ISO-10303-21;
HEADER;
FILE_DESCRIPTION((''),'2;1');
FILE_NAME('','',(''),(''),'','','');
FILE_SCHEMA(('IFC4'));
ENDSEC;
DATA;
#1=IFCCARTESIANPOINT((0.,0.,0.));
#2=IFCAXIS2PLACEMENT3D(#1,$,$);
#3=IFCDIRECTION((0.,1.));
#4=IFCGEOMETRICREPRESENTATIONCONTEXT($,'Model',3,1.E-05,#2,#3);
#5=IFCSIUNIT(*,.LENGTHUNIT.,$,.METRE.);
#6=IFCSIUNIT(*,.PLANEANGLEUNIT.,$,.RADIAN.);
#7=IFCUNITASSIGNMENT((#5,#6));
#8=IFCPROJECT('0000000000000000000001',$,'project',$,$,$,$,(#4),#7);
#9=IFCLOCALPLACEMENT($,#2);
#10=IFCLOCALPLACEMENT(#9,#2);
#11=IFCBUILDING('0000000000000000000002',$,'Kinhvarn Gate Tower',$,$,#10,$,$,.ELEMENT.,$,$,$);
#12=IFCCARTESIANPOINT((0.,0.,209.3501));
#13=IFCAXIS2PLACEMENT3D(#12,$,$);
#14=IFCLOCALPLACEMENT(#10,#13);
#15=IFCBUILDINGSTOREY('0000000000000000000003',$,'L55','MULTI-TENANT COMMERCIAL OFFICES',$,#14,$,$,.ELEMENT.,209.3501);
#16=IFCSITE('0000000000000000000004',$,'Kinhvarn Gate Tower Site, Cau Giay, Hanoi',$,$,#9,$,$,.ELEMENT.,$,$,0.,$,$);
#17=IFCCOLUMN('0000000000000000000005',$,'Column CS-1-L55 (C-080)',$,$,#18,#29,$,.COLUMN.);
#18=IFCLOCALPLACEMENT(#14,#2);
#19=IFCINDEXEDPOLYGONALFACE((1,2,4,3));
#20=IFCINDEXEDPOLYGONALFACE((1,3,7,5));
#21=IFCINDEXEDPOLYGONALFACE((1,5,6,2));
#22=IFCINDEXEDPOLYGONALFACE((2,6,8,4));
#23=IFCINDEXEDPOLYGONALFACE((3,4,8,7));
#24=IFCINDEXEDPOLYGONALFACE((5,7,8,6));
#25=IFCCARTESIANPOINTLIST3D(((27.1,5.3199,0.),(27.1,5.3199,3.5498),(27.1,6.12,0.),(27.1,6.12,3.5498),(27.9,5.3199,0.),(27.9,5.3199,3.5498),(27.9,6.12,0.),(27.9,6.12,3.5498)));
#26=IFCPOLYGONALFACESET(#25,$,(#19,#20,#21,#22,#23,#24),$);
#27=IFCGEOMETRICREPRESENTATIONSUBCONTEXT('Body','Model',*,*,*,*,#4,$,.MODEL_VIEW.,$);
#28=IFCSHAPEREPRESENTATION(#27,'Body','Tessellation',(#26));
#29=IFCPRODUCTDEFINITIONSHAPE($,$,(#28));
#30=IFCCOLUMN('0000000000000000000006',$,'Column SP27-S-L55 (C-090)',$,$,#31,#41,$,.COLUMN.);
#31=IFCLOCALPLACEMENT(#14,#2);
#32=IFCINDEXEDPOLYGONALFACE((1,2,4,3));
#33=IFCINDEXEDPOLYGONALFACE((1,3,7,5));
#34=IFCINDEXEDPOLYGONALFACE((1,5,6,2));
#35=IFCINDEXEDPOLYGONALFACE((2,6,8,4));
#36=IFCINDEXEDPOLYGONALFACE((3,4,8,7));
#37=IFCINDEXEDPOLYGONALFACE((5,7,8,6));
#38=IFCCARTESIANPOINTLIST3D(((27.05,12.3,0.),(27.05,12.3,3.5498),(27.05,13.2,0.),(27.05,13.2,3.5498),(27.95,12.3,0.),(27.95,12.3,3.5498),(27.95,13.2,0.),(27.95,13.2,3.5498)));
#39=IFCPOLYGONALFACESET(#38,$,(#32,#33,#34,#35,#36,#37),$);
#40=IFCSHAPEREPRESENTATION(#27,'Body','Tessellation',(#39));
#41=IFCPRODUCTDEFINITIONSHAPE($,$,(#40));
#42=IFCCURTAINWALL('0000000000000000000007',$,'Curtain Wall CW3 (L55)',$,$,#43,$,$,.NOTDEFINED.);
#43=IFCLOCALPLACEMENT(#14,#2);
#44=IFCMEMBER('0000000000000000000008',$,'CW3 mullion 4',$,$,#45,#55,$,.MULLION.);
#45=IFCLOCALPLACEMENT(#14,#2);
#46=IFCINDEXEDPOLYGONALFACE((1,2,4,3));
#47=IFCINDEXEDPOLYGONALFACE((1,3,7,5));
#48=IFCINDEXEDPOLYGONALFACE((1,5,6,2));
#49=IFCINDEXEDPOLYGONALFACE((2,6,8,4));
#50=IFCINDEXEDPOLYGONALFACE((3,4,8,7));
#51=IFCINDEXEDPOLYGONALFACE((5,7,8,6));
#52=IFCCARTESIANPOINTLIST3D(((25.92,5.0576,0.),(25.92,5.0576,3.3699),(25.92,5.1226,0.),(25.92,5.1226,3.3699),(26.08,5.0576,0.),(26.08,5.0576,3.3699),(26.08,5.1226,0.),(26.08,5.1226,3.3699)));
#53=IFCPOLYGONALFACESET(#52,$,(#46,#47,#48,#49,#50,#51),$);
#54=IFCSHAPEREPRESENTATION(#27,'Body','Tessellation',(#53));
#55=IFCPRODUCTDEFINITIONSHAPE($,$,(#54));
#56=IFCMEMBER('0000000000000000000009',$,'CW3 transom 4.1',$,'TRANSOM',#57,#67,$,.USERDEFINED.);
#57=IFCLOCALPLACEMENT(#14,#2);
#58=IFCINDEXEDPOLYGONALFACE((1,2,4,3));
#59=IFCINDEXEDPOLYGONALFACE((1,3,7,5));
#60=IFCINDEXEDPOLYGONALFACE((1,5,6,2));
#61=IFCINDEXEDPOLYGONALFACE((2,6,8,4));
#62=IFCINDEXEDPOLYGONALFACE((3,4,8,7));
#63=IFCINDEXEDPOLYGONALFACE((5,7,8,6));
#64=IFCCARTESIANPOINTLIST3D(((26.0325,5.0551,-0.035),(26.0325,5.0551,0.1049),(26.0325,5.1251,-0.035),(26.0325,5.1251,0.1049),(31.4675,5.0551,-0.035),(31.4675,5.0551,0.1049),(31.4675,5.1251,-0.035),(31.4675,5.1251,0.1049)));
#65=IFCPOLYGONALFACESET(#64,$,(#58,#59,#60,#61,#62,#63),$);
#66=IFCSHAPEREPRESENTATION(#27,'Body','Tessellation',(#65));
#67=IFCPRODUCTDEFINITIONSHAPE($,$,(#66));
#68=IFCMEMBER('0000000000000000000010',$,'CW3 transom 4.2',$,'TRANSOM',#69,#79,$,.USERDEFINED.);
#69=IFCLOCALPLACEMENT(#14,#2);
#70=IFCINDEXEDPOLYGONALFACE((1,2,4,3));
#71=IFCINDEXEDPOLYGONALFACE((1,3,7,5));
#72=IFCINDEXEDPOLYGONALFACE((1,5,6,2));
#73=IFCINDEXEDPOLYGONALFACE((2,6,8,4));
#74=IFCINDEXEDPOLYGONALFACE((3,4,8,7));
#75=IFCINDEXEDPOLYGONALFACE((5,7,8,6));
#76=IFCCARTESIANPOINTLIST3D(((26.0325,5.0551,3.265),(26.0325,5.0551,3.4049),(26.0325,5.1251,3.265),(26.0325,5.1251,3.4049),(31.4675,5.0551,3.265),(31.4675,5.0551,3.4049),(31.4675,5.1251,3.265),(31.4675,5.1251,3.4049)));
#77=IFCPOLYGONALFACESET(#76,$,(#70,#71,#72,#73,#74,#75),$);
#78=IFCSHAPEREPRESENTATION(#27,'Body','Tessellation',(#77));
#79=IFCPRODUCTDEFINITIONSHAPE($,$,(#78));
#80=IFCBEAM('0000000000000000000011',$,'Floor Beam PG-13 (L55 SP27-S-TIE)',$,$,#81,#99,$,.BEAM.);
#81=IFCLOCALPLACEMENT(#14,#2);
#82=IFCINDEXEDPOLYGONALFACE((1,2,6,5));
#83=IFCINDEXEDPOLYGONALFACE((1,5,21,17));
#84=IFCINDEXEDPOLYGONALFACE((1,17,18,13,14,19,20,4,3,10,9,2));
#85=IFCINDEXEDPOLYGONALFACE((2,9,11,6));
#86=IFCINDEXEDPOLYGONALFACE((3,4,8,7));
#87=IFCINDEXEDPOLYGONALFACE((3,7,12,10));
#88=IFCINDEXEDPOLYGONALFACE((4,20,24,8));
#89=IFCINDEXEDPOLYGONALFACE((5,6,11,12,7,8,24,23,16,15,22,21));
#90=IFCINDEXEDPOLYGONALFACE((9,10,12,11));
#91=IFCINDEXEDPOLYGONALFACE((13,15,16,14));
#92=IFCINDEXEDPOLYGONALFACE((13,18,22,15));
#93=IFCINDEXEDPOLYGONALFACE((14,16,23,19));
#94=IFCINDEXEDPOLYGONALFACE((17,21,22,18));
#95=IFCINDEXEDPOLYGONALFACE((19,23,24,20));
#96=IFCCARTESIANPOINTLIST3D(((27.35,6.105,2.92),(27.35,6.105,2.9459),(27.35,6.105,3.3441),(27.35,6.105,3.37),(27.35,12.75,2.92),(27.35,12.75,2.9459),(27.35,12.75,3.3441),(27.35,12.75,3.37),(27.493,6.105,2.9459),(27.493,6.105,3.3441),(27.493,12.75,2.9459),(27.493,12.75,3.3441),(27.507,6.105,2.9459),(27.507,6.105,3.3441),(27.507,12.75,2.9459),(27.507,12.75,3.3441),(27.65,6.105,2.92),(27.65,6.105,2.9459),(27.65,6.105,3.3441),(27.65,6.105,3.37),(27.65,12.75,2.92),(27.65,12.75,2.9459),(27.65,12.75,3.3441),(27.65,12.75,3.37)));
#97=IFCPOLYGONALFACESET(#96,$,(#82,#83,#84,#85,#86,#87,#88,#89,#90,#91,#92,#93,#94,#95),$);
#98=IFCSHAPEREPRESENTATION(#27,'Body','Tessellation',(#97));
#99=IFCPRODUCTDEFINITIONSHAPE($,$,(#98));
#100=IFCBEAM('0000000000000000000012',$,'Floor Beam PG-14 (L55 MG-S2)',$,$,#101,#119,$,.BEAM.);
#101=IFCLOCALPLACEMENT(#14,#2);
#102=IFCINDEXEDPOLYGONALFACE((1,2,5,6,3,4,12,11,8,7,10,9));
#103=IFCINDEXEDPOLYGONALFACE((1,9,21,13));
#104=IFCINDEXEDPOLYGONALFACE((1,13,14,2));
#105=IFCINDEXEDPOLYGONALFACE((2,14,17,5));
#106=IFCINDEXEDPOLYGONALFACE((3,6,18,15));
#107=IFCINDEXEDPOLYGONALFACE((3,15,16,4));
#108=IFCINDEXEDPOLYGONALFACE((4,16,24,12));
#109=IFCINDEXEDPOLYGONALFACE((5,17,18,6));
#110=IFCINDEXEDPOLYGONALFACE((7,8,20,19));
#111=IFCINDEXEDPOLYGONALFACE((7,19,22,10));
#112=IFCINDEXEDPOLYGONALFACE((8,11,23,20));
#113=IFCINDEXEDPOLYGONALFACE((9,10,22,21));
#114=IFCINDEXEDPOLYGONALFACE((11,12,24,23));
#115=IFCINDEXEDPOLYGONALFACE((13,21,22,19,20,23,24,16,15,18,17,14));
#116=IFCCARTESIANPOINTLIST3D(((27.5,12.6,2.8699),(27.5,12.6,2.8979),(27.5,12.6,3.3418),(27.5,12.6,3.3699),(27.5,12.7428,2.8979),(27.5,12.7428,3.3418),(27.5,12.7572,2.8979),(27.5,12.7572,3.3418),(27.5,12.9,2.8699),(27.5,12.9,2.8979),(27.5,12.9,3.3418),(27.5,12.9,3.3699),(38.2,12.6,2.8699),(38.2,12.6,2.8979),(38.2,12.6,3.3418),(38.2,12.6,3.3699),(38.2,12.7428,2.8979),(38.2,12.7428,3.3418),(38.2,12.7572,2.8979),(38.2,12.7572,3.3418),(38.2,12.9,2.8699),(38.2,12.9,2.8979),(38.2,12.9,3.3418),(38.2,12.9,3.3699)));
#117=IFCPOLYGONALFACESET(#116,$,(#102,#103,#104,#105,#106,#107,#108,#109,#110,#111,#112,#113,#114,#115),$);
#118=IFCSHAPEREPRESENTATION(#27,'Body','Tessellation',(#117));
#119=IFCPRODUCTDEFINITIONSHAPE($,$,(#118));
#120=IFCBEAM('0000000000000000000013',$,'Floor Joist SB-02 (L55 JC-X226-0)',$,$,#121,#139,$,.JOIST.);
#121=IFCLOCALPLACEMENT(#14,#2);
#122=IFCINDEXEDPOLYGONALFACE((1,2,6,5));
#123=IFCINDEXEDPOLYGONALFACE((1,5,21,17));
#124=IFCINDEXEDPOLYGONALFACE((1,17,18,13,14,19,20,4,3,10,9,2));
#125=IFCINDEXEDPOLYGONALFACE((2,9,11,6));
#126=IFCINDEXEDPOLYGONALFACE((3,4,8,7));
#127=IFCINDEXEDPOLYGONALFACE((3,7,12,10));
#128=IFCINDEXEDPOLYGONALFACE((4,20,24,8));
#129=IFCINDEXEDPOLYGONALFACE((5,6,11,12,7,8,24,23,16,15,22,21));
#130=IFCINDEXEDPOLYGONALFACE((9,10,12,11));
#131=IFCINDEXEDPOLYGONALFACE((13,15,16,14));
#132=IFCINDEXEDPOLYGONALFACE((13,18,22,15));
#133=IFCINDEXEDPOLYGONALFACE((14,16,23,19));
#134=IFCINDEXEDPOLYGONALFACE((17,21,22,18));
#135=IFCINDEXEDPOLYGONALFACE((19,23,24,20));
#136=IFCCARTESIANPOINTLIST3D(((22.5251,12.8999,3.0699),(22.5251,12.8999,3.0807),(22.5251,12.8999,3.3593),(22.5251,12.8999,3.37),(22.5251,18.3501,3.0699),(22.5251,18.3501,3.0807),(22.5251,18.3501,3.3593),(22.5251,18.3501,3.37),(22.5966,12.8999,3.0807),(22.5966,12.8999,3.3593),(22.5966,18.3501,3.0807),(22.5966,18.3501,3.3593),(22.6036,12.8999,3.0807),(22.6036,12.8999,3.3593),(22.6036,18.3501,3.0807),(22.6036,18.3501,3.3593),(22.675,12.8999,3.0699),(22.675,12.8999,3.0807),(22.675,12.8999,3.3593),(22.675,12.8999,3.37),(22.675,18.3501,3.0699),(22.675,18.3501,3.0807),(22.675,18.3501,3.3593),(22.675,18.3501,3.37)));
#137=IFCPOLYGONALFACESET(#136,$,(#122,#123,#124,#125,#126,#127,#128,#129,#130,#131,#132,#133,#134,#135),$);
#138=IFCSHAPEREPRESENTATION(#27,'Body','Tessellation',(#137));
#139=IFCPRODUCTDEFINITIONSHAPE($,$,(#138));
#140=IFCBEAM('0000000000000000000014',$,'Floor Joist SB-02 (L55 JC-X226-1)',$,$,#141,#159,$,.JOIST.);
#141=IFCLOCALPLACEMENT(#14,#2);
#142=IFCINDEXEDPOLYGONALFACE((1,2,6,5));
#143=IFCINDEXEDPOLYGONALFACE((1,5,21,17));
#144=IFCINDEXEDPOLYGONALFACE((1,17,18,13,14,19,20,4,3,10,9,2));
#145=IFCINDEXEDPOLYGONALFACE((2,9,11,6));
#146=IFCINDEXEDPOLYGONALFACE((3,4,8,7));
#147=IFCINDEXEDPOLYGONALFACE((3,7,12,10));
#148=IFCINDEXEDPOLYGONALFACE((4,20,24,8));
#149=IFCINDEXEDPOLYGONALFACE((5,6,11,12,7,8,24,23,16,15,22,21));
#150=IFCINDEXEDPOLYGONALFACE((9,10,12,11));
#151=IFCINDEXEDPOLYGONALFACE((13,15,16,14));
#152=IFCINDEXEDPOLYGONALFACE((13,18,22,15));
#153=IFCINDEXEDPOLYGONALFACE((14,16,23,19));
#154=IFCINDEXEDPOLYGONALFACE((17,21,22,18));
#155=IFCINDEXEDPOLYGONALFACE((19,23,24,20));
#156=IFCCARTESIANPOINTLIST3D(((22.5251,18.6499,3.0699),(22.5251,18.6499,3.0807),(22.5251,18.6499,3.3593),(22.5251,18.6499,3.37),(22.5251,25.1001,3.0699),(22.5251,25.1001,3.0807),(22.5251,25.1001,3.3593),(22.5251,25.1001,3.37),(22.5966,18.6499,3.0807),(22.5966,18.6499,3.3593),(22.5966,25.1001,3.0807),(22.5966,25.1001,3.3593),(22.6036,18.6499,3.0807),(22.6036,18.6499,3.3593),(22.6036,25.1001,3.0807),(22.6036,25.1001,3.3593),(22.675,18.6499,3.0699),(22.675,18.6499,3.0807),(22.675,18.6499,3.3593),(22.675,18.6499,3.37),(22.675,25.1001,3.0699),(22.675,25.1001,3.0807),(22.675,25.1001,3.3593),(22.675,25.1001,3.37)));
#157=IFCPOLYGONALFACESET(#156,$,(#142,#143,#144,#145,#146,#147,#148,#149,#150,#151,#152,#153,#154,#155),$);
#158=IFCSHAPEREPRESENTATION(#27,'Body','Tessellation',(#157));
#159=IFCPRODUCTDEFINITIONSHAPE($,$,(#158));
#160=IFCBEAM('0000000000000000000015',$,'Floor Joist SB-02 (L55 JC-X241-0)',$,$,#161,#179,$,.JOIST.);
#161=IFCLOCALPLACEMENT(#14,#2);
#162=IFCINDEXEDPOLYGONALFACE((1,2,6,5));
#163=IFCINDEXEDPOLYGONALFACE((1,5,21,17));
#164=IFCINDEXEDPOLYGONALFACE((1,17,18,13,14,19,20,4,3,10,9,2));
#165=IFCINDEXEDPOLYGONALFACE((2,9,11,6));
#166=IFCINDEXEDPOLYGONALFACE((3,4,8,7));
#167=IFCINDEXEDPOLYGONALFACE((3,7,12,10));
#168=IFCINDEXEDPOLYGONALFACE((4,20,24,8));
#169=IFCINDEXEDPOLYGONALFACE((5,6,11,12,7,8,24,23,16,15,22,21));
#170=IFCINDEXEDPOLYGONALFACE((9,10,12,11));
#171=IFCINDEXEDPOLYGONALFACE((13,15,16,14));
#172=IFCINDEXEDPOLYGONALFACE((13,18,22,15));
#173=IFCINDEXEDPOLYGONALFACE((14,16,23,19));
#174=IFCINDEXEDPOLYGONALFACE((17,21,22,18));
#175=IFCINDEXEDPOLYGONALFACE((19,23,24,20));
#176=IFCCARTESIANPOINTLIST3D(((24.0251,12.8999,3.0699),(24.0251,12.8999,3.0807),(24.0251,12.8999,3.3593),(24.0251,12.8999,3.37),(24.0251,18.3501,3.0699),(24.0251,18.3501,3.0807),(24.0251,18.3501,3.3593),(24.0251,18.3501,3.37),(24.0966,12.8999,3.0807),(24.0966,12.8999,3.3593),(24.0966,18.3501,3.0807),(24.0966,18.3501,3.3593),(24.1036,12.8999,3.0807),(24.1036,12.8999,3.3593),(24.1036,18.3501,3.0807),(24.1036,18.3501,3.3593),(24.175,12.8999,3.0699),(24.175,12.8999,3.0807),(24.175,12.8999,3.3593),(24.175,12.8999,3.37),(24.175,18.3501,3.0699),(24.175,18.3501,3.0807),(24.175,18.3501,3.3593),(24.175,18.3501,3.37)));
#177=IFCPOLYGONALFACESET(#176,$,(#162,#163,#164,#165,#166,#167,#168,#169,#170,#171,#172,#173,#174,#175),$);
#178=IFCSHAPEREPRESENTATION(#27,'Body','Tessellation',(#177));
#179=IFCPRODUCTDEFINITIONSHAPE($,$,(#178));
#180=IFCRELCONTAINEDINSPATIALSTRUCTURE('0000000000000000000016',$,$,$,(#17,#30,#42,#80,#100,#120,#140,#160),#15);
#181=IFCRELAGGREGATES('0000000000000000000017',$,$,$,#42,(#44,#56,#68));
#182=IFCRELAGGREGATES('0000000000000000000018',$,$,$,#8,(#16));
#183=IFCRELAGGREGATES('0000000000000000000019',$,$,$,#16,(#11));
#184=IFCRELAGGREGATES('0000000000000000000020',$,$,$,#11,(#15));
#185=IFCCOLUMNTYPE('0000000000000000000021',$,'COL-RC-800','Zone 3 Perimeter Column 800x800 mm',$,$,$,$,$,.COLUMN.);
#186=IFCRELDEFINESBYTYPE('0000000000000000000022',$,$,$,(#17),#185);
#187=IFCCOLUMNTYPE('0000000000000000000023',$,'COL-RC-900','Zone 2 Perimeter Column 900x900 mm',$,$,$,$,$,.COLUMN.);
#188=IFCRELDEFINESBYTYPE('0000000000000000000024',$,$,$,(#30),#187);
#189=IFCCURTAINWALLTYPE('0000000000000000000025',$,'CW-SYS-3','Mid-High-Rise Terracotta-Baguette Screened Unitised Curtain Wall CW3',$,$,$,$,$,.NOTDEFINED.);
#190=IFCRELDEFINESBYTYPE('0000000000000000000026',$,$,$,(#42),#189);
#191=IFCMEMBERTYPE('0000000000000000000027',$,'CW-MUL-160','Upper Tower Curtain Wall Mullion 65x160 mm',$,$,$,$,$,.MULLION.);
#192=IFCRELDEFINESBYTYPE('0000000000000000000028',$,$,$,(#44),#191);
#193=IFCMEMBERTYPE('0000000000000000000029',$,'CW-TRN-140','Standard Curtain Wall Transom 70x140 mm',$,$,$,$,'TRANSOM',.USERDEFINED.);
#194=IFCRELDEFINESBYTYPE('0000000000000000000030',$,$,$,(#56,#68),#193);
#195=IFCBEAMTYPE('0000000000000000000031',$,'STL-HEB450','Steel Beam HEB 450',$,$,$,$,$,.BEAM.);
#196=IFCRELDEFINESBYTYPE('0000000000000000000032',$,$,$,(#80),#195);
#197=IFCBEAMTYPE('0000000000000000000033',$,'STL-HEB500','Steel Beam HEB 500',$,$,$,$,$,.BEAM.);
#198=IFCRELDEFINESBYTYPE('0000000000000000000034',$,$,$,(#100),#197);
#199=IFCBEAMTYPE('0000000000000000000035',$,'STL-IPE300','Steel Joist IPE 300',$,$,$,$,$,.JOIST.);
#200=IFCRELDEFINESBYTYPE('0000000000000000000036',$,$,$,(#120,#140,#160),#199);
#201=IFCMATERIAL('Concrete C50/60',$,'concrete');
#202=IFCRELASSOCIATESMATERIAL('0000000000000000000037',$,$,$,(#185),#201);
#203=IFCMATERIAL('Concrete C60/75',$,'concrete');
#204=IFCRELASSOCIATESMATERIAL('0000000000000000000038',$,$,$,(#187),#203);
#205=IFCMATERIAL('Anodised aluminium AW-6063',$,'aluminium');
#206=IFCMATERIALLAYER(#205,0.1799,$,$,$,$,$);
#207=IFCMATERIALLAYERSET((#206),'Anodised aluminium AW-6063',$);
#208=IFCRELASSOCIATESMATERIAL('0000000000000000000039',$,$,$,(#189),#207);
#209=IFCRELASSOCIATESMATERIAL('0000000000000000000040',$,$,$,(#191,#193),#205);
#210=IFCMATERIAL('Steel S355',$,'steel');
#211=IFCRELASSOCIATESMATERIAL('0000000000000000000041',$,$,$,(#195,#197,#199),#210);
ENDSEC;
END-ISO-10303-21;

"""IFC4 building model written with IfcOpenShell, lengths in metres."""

from ifc_helpers import new_model, si_unit, direction, frame, origin, origin_2d, place, context, subcontext, project, spatial, rectangle, i_section, extrude, material, layer, layer_set, material_profile, profile_set, type_object, element, aggregate, save


model = new_model("IFC4")

# Units and contexts
model_context = context("Model", 3, precision=1e-05, world=origin(), true_north=direction((0.0, 1.0)))
body_context = subcontext(model_context, "Body", "Model", "MODEL_VIEW")
ifc_project = project(units=[si_unit("LENGTHUNIT", "METRE"), si_unit("PLANEANGLEUNIT", "RADIAN")], contexts=[model_context])

# Site, building, storey
site_placement = place(None, origin())
site = spatial("IfcSite", under=ifc_project, at=site_placement, Name="Kinhvarn Gate Tower Site, Cau Giay, Hanoi", CompositionType="ELEMENT", RefElevation=0.0)
building_placement = place(site_placement, origin())
building = spatial("IfcBuilding", under=site, at=building_placement, Name="Kinhvarn Gate Tower", CompositionType="ELEMENT")
storey_placement = place(building_placement, frame((0.0, 0.0, 209.3501)))
storey = spatial("IfcBuildingStorey", under=building, at=storey_placement, Name="L55", Description="MULTI-TENANT COMMERCIAL OFFICES", CompositionType="ELEMENT", Elevation=209.3501)

# Columns
ifc_material_1 = material(Name="Concrete C50/60", Category="concrete")
ifc_material_profile_1 = material_profile(ifc_material_1, rectangle(XDim=0.8, YDim=0.8, at=origin_2d()), Name="RC 800x800")
ifc_profile_set_1 = profile_set([ifc_material_profile_1], Name="Concrete C50/60")
column_type_1 = type_object("IfcColumnType", Name="COL-RC-800", Description="Zone 3 Perimeter Column 800x800 mm", PredefinedType="COLUMN", material=ifc_profile_set_1)
column_1_placement = place(storey_placement, frame((27.5, 5.72, 0.0), z_axis=(0.0, 0.0, 1.0), x_axis=(1.0, 0.0, 0.0)))
element("IfcColumn", 1, at=column_1_placement, inside=storey, type_object=column_type_1, Name="Column CS-1-L55 (C-080)", PredefinedType="COLUMN", context=body_context, shape_type="SweptSolid", body=[
    extrude(rectangle(XDim=0.8, YDim=0.8, at=origin_2d()), origin(), (0.0, 0.0, 1.0), 3.5498),
])
ifc_material_2 = material(Name="Concrete C60/75", Category="concrete")
ifc_material_profile_2 = material_profile(ifc_material_2, rectangle(XDim=0.8999, YDim=0.8999, at=origin_2d()), Name="RC 900x900")
ifc_profile_set_2 = profile_set([ifc_material_profile_2], Name="Concrete C60/75")
column_type_2 = type_object("IfcColumnType", Name="COL-RC-900", Description="Zone 2 Perimeter Column 900x900 mm", PredefinedType="COLUMN", material=ifc_profile_set_2)
column_2_placement = place(storey_placement, frame((27.5, 12.75, 0.0), z_axis=(0.0, 0.0, 1.0), x_axis=(1.0, 0.0, 0.0)))
element("IfcColumn", 2, at=column_2_placement, inside=storey, type_object=column_type_2, Name="Column SP27-S-L55 (C-090)", PredefinedType="COLUMN", context=body_context, shape_type="SweptSolid", body=[
    extrude(rectangle(XDim=0.8999, YDim=0.8999, at=origin_2d()), origin(), (0.0, 0.0, 1.0), 3.5498),
])

# Curtain wall, members
ifc_material_3 = material(Name="Anodised aluminium AW-6063", Category="aluminium")
ifc_layer_1 = layer(ifc_material_3, 0.1799)
ifc_layer_set_1 = layer_set([ifc_layer_1], Name="Anodised aluminium AW-6063")
curtain_wall_type = type_object("IfcCurtainWallType", Name="CW-SYS-3", Description="Mid-High-Rise Terracotta-Baguette Screened Unitised Curtain Wall CW3", PredefinedType="NOTDEFINED", material=ifc_layer_set_1)
curtain_wall_placement = place(storey_placement, origin())
curtain_wall = element("IfcCurtainWall", 3, at=curtain_wall_placement, inside=storey, type_object=curtain_wall_type, Name="Curtain Wall CW3 (L55)", PredefinedType="NOTDEFINED")
ifc_material_profile_3 = material_profile(ifc_material_3, rectangle(XDim=0.0649, YDim=0.1599, at=origin_2d()), Name="ALU 65x160")
ifc_profile_set_3 = profile_set([ifc_material_profile_3], Name="Anodised aluminium AW-6063")
member_type_1 = type_object("IfcMemberType", Name="CW-MUL-160", Description="Upper Tower Curtain Wall Mullion 65x160 mm", PredefinedType="MULLION", material=ifc_profile_set_3)
member_1_placement = place(storey_placement, frame((26.0, 5.0901, 0.0), z_axis=(0.0, 0.0, 1.0), x_axis=(0.0, 1.0, 0.0)))
member_1 = element("IfcMember", 4, at=member_1_placement, type_object=member_type_1, Name="CW3 mullion 4", PredefinedType="MULLION", context=body_context, shape_type="SweptSolid", body=[
    extrude(rectangle(XDim=0.0649, YDim=0.1599, at=origin_2d()), origin(), (0.0, 0.0, 1.0), 3.3699),
])
ifc_material_profile_4 = material_profile(ifc_material_3, rectangle(XDim=0.0701, YDim=0.1399, at=origin_2d()), Name="ALU 70x140")
ifc_profile_set_4 = profile_set([ifc_material_profile_4], Name="Anodised aluminium AW-6063")
member_type_2 = type_object("IfcMemberType", Name="CW-TRN-140", Description="Standard Curtain Wall Transom 70x140 mm", ElementType="TRANSOM", PredefinedType="USERDEFINED", material=ifc_profile_set_4)
member_2_placement = place(storey_placement, frame((26.0325, 5.0901, 0.0349), z_axis=(1.0, 0.0, 0.0), x_axis=(0.0, 1.0, 0.0)))
member_2 = element("IfcMember", 5, at=member_2_placement, type_object=member_type_2, Name="CW3 transom 4.1", ObjectType="TRANSOM", PredefinedType="USERDEFINED", context=body_context, shape_type="SweptSolid", body=[
    extrude(rectangle(XDim=0.0701, YDim=0.1399, at=origin_2d()), origin(), (0.0, 0.0, 1.0), 5.4351),
])
member_3_placement = place(storey_placement, frame((26.0325, 5.0901, 3.335), z_axis=(1.0, 0.0, 0.0), x_axis=(0.0, 1.0, 0.0)))
member_3 = element("IfcMember", 6, at=member_3_placement, type_object=member_type_2, Name="CW3 transom 4.2", ObjectType="TRANSOM", PredefinedType="USERDEFINED", context=body_context, shape_type="SweptSolid", body=[
    extrude(rectangle(XDim=0.0701, YDim=0.1399, at=origin_2d()), origin(), (0.0, 0.0, 1.0), 5.4351),
])

# Beams
ifc_material_4 = material(Name="Steel S355", Category="steel")
ifc_material_profile_5 = material_profile(ifc_material_4, i_section(OverallWidth=0.3, OverallDepth=0.45, WebThickness=0.0139, FlangeThickness=0.0259, at=origin_2d()), Name="HEB 450")
ifc_profile_set_5 = profile_set([ifc_material_profile_5], Name="Steel S355")
beam_type_1 = type_object("IfcBeamType", Name="STL-HEB450", Description="Steel Beam HEB 450", PredefinedType="BEAM", material=ifc_profile_set_5)
beam_1_placement = place(storey_placement, frame((27.5, 6.105, 3.145), z_axis=(0.0, 1.0, 0.0), x_axis=(-1.0, 0.0, 0.0)))
element("IfcBeam", 7, at=beam_1_placement, inside=storey, type_object=beam_type_1, Name="Floor Beam PG-13 (L55 SP27-S-TIE)", PredefinedType="BEAM", context=body_context, shape_type="SweptSolid", body=[
    extrude(i_section(OverallWidth=0.3, OverallDepth=0.45, WebThickness=0.0139, FlangeThickness=0.0259, at=origin_2d()), origin(), (0.0, 0.0, 1.0), 6.645),
])
ifc_material_profile_6 = material_profile(ifc_material_4, i_section(OverallWidth=0.3, OverallDepth=0.5, WebThickness=0.0144, FlangeThickness=0.0281, at=origin_2d()), Name="HEB 500")
ifc_profile_set_6 = profile_set([ifc_material_profile_6], Name="Steel S355")
beam_type_2 = type_object("IfcBeamType", Name="STL-HEB500", Description="Steel Beam HEB 500", PredefinedType="BEAM", material=ifc_profile_set_6)
beam_2_placement = place(storey_placement, frame((27.5, 12.75, 3.1199), z_axis=(1.0, 0.0, 0.0), x_axis=(0.0, 1.0, 0.0)))
element("IfcBeam", 8, at=beam_2_placement, inside=storey, type_object=beam_type_2, Name="Floor Beam PG-14 (L55 MG-S2)", PredefinedType="BEAM", context=body_context, shape_type="SweptSolid", body=[
    extrude(i_section(OverallWidth=0.3, OverallDepth=0.5, WebThickness=0.0144, FlangeThickness=0.0281, at=origin_2d()), origin(), (0.0, 0.0, 1.0), 10.7),
])
ifc_material_profile_7 = material_profile(ifc_material_4, i_section(OverallWidth=0.1499, OverallDepth=0.3, WebThickness=0.0071, FlangeThickness=0.0107, at=origin_2d()), Name="IPE 300")
ifc_profile_set_7 = profile_set([ifc_material_profile_7], Name="Steel S355")
beam_type_3 = type_object("IfcBeamType", Name="STL-IPE300", Description="Steel Joist IPE 300", PredefinedType="JOIST", material=ifc_profile_set_7)
beam_3_placement = place(storey_placement, frame((22.6001, 12.8999, 3.22), z_axis=(0.0, 1.0, 0.0), x_axis=(-1.0, 0.0, 0.0)))
element("IfcBeam", 9, at=beam_3_placement, inside=storey, type_object=beam_type_3, Name="Floor Joist SB-02 (L55 JC-X226-0)", PredefinedType="JOIST", context=body_context, shape_type="SweptSolid", body=[
    extrude(i_section(OverallWidth=0.1499, OverallDepth=0.3, WebThickness=0.0071, FlangeThickness=0.0107, at=origin_2d()), origin(), (0.0, 0.0, 1.0), 5.4502),
])
beam_4_placement = place(storey_placement, frame((22.6001, 18.6499, 3.22), z_axis=(0.0, 1.0, 0.0), x_axis=(-1.0, 0.0, 0.0)))
element("IfcBeam", 10, at=beam_4_placement, inside=storey, type_object=beam_type_3, Name="Floor Joist SB-02 (L55 JC-X226-1)", PredefinedType="JOIST", context=body_context, shape_type="SweptSolid", body=[
    extrude(i_section(OverallWidth=0.1499, OverallDepth=0.3, WebThickness=0.0071, FlangeThickness=0.0107, at=origin_2d()), origin(), (0.0, 0.0, 1.0), 6.4502),
])
beam_5_placement = place(storey_placement, frame((24.1001, 12.8999, 3.22), z_axis=(0.0, 1.0, 0.0), x_axis=(-1.0, 0.0, 0.0)))
element("IfcBeam", 11, at=beam_5_placement, inside=storey, type_object=beam_type_3, Name="Floor Joist SB-02 (L55 JC-X241-0)", PredefinedType="JOIST", context=body_context, shape_type="SweptSolid", body=[
    extrude(i_section(OverallWidth=0.1499, OverallDepth=0.3, WebThickness=0.0071, FlangeThickness=0.0107, at=origin_2d()), origin(), (0.0, 0.0, 1.0), 5.4502),
])

aggregate(curtain_wall, [member_1, member_2, member_3])

save(model, "model.ifc")
